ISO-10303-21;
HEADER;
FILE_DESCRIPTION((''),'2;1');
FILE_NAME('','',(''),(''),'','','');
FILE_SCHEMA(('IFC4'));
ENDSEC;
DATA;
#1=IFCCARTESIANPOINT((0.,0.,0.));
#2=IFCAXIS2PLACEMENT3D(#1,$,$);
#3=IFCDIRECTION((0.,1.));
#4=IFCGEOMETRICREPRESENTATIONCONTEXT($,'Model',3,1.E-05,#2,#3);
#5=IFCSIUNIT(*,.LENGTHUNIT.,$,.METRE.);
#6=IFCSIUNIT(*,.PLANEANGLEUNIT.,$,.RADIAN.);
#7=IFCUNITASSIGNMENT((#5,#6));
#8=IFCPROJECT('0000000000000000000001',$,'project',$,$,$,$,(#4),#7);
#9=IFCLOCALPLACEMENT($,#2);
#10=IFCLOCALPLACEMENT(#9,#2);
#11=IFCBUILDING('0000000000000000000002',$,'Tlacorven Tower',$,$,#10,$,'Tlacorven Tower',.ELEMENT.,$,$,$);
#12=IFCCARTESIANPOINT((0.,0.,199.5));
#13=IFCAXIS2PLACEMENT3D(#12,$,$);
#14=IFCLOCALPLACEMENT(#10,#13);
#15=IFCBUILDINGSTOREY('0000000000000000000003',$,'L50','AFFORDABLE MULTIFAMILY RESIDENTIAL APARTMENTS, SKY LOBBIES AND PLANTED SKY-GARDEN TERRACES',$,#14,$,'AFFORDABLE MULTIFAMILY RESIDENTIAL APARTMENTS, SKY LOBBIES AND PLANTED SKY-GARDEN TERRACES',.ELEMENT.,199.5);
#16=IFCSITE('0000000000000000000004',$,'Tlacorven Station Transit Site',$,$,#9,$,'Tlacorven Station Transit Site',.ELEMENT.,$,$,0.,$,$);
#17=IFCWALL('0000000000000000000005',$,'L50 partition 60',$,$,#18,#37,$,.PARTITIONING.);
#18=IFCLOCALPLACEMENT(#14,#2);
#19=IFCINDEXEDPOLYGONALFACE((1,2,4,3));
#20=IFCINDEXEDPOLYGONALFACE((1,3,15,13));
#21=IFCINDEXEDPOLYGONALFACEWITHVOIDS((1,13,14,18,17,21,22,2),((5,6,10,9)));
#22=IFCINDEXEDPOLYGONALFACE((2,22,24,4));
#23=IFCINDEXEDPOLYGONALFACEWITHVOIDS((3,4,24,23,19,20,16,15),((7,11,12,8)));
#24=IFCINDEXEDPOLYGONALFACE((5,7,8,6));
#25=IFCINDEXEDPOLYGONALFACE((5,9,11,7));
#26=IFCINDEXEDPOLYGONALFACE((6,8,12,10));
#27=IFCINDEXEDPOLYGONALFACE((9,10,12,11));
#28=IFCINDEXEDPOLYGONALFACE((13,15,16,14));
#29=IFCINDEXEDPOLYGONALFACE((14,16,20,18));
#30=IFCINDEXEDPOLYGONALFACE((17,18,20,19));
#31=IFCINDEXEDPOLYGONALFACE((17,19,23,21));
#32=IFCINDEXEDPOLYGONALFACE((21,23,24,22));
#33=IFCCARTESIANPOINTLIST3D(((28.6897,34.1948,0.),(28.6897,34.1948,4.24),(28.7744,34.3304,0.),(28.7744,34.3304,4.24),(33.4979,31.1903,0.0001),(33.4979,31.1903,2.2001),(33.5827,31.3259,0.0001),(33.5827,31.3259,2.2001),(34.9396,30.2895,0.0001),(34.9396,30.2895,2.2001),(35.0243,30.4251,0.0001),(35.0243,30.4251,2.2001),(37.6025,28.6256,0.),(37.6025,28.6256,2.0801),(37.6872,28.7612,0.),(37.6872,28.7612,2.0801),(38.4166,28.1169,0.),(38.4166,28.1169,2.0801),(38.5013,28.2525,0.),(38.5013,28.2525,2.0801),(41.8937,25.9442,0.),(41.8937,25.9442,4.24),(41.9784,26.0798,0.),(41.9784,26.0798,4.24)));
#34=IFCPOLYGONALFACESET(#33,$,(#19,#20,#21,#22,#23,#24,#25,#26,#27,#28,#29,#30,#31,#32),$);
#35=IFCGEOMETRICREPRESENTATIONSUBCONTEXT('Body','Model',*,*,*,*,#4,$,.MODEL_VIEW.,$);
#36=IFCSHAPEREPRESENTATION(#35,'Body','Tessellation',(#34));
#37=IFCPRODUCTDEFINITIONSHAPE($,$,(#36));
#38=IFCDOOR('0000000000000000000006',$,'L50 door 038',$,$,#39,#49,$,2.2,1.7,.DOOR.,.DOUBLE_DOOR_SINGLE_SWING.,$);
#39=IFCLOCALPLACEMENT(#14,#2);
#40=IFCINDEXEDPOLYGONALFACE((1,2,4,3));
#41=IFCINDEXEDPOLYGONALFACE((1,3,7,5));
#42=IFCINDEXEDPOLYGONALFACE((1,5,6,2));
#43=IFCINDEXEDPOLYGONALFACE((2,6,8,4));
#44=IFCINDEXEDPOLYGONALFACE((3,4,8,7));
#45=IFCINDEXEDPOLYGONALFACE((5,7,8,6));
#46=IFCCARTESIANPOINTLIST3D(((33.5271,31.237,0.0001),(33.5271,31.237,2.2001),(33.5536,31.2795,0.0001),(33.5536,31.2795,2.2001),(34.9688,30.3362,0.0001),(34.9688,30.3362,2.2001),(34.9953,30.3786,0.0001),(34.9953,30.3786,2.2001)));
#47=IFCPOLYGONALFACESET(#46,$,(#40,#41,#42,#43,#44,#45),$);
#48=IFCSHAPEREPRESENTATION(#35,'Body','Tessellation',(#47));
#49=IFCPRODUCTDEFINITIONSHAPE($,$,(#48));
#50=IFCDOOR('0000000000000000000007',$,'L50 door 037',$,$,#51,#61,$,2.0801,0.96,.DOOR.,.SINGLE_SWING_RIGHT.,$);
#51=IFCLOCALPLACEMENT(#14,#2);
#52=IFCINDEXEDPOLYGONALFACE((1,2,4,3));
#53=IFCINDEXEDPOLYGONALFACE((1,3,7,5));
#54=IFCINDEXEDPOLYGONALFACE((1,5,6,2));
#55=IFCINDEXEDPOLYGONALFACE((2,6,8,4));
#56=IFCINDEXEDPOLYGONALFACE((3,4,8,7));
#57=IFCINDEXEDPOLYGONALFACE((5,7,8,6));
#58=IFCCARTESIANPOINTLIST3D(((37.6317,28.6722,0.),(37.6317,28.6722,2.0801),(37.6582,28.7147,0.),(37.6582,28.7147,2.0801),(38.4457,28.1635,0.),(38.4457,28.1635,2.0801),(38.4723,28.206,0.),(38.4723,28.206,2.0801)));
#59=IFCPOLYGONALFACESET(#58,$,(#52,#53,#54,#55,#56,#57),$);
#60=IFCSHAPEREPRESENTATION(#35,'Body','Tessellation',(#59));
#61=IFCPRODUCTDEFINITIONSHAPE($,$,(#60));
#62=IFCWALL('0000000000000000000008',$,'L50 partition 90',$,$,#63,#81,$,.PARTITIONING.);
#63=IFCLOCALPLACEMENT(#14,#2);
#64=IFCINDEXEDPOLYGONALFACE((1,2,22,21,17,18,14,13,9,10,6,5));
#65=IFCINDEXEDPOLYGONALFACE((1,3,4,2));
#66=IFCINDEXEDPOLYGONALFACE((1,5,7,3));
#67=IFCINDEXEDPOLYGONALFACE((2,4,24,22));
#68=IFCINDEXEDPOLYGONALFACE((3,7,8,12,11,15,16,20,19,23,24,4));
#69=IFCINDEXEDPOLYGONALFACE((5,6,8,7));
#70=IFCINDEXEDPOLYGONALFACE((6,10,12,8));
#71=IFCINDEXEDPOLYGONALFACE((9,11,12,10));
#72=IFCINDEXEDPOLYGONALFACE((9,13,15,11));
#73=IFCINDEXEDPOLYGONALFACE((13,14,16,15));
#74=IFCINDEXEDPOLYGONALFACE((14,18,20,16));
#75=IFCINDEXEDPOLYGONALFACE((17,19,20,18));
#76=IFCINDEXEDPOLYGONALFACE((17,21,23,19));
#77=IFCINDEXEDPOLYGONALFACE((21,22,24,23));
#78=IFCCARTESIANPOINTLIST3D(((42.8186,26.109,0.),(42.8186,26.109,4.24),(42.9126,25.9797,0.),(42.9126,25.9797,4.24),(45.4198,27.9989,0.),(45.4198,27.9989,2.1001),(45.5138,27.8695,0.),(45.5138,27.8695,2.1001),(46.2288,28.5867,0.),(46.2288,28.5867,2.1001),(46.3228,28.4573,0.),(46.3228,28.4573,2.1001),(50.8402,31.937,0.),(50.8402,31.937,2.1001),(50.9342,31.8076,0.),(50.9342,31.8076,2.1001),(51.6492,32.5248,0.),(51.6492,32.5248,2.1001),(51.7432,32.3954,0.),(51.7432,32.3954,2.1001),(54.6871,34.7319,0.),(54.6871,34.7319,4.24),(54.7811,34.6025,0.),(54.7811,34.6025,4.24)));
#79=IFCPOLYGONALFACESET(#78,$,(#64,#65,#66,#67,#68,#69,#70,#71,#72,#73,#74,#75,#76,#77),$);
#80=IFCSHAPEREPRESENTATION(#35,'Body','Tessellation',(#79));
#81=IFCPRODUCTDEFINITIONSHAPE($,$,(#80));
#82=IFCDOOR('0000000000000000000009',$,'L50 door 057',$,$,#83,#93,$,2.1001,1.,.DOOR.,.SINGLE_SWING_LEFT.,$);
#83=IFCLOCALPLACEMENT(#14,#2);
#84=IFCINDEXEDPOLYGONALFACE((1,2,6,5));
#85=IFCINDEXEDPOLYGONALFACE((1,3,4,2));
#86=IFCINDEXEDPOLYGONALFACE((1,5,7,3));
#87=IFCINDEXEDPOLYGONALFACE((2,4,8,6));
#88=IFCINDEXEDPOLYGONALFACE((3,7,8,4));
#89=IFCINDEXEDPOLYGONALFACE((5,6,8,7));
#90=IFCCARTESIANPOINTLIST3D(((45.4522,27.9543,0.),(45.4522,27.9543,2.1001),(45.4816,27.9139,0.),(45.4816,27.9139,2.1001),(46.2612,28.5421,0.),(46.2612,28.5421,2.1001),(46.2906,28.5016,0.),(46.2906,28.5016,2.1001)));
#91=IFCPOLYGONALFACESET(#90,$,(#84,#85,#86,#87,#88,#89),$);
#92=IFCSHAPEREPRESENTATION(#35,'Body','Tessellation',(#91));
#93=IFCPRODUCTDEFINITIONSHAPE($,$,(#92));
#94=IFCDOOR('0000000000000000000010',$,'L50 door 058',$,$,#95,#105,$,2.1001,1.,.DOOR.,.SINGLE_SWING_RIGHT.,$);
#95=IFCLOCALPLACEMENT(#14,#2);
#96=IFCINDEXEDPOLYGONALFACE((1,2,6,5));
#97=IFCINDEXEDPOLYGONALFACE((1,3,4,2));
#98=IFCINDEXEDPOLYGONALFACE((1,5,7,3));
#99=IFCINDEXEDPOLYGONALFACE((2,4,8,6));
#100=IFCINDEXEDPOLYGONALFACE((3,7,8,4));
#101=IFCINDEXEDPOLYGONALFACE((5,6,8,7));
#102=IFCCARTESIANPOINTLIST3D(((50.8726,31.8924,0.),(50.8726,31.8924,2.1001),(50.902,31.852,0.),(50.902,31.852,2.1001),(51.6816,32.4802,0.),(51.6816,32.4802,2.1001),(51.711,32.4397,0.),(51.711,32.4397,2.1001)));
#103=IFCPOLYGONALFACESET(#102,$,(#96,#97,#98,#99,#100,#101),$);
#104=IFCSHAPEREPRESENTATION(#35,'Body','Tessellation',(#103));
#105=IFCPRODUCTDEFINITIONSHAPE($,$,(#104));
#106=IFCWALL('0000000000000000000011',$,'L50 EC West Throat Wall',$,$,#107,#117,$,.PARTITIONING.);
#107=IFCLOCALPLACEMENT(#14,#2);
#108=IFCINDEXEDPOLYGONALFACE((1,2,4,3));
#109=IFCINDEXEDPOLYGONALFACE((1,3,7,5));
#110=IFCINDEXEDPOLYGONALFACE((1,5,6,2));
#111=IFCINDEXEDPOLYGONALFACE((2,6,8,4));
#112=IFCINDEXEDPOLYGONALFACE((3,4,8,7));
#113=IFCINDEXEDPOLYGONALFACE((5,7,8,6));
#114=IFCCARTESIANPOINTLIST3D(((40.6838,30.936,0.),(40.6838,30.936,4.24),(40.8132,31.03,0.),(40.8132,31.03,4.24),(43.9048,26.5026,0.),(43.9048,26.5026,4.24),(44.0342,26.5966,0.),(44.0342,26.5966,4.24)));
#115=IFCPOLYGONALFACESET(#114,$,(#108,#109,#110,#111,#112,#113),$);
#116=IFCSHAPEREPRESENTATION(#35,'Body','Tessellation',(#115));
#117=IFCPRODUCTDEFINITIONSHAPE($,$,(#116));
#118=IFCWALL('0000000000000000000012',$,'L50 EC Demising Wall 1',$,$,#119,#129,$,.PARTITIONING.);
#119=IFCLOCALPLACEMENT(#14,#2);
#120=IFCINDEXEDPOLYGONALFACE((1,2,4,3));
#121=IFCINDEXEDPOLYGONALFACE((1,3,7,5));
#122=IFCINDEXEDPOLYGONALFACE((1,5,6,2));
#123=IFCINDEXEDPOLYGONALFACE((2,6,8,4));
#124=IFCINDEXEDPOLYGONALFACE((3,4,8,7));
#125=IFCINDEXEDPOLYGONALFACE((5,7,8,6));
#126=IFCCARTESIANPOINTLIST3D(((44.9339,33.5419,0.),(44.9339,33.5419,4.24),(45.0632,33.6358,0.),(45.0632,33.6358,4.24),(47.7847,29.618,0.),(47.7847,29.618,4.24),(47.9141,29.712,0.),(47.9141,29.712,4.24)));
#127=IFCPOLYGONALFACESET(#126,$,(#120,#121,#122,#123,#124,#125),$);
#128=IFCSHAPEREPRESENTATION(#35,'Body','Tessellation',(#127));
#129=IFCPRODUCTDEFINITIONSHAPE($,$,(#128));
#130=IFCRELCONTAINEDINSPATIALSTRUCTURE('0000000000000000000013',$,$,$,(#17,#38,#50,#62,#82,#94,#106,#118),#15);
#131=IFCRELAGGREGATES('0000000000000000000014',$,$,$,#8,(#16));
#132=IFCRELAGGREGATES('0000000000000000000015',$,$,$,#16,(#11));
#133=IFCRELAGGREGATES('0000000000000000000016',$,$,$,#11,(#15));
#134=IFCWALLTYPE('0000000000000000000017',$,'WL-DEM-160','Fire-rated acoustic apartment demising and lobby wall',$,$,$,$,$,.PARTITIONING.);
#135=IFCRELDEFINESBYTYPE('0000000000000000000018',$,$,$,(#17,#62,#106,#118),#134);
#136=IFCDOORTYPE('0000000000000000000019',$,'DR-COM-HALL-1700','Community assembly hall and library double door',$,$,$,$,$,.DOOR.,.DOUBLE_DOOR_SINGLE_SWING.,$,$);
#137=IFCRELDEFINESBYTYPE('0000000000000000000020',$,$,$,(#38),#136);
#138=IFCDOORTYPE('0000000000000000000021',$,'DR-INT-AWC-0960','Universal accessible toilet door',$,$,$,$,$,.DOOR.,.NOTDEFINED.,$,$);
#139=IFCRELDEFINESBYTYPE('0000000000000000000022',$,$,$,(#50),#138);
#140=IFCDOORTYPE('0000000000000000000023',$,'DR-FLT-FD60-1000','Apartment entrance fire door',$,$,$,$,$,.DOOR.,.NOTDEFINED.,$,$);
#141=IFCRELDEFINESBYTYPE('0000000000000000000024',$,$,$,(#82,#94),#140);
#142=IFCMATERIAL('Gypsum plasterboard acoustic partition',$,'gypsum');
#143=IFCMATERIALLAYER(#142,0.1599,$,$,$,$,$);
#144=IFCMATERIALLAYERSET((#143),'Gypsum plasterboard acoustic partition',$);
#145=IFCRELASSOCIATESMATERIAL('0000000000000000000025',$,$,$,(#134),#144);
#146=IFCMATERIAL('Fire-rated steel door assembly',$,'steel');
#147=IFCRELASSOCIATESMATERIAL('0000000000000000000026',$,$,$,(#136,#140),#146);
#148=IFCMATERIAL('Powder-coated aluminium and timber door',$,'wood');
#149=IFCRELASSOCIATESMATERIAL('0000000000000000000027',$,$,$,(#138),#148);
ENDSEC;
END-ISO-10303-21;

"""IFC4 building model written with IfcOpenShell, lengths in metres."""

from ifc_helpers import new_model, si_unit, direction, frame, frame_2d, origin, place, context, subcontext, project, spatial, rectangle, extrude, source, transform, mapped, material, layer, layer_set, type_object, element, fill, save


model = new_model("IFC4")

# Units and contexts
model_context = context("Model", 3, precision=1e-05, world=origin(), true_north=direction((0.0, 1.0)))
body_context = subcontext(model_context, "Body", "Model", "MODEL_VIEW")
ifc_project = project(units=[si_unit("LENGTHUNIT", "METRE"), si_unit("PLANEANGLEUNIT", "RADIAN")], contexts=[model_context])

# Site, building, storey
site_placement = place(None, origin())
site = spatial("IfcSite", under=ifc_project, at=site_placement, Name="Tlacorven Station Transit Site", LongName="Tlacorven Station Transit Site", CompositionType="ELEMENT", RefElevation=0.0)
building_placement = place(site_placement, origin())
building = spatial("IfcBuilding", under=site, at=building_placement, Name="Tlacorven Tower", LongName="Tlacorven Tower", CompositionType="ELEMENT")
storey_placement = place(building_placement, frame((0.0, 0.0, 199.5)))
storey = spatial("IfcBuildingStorey", under=building, at=storey_placement, Name="L50", Description="AFFORDABLE MULTIFAMILY RESIDENTIAL APARTMENTS, SKY LOBBIES AND PLANTED SKY-GARDEN TERRACES", LongName="AFFORDABLE MULTIFAMILY RESIDENTIAL APARTMENTS, SKY LOBBIES AND PLANTED SKY-GARDEN TERRACES", CompositionType="ELEMENT", Elevation=199.5)

# Walls, openings, doors
ifc_material_1 = material(Name="Gypsum plasterboard acoustic partition", Category="gypsum")
ifc_layer_1 = layer(ifc_material_1, 0.1599)
ifc_layer_set_1 = layer_set([ifc_layer_1], Name="Gypsum plasterboard acoustic partition")
wall_type_1 = type_object("IfcWallType", Name="WL-DEM-160", Description="Fire-rated acoustic apartment demising and lobby wall", PredefinedType="PARTITIONING", material=ifc_layer_set_1)
wall_1_placement = place(storey_placement, frame((41.936, 26.012, 0.0), z_axis=(0.0, 0.0, 1.0), x_axis=(-0.848051, 0.529914, 0.0)))
wall_1 = element("IfcWall", 1, at=wall_1_placement, inside=storey, type_object=wall_type_1, Name="L50 partition 60", PredefinedType="PARTITIONING", context=body_context, shape_type="SweptSolid", body=[
    extrude(rectangle(XDim=15.5698, YDim=0.1599, at=frame_2d((7.7849, 0.0))), origin(), (0.0, 0.0, 1.0), 4.24),
])
opening_1_placement = place(wall_1_placement, frame((4.1001, 0.0, 0.0)))
opening_1 = element("IfcOpeningElement", 2, at=opening_1_placement, cuts=wall_1, PredefinedType="OPENING", context=body_context, shape_type="SweptSolid", body=[
    extrude(rectangle(XDim=0.96, YDim=2.0801, at=frame_2d((0.48, 1.04))), frame((0.0, 0.0898, 0.0), z_axis=(0.0, -1.0, 0.0), x_axis=(1.0, 0.0, 0.0)), (0.0, 0.0, 1.0), 0.1799),
])
opening_2_placement = place(wall_1_placement, frame((8.2, 0.0, 0.0)))
opening_2 = element("IfcOpeningElement", 3, at=opening_2_placement, cuts=wall_1, PredefinedType="OPENING", context=body_context, shape_type="SweptSolid", body=[
    extrude(rectangle(XDim=1.7, YDim=2.2, at=frame_2d((0.8501, 1.1001))), frame((0.0, 0.0898, 0.0), z_axis=(0.0, -1.0, 0.0), x_axis=(1.0, 0.0, 0.0)), (0.0, 0.0, 1.0), 0.1799),
])
ifc_material_2 = material(Name="Fire-rated steel door assembly", Category="steel")
door_type_1 = type_object("IfcDoorType", Name="DR-COM-HALL-1700", Description="Community assembly hall and library double door", OperationType="DOUBLE_DOOR_SINGLE_SWING", PredefinedType="DOOR", material=ifc_material_2)
shared_shape_1 = source(origin(), body_context, "Body", "SweptSolid", [
    extrude(rectangle(XDim=1.7, YDim=2.2, at=frame_2d((0.8501, 1.1001))), frame((0.0, 0.0249, 0.0), z_axis=(0.0, -1.0, 0.0), x_axis=(1.0, 0.0, 0.0)), (0.0, 0.0, 1.0), 0.05),
])
door_1_placement = place(opening_2_placement, origin())
door_1 = element("IfcDoor", 4, at=door_1_placement, inside=storey, type_object=door_type_1, Name="L50 door 038", OperationType="DOUBLE_DOOR_SINGLE_SWING", OverallHeight=2.2, OverallWidth=1.7, PredefinedType="DOOR", context=body_context, shape_type="MappedRepresentation", body=[
    mapped(shared_shape_1, transform((0.0, 0.0, 0.0), scale=1.0)),
])
fill(opening_2, door_1)
ifc_material_3 = material(Name="Powder-coated aluminium and timber door", Category="wood")
door_type_2 = type_object("IfcDoorType", Name="DR-INT-AWC-0960", Description="Universal accessible toilet door", OperationType="NOTDEFINED", PredefinedType="DOOR", material=ifc_material_3)
shared_shape_2 = source(origin(), body_context, "Body", "SweptSolid", [
    extrude(rectangle(XDim=0.96, YDim=2.0801, at=frame_2d((0.48, 1.04))), frame((0.0, 0.0249, 0.0), z_axis=(0.0, -1.0, 0.0), x_axis=(1.0, 0.0, 0.0)), (0.0, 0.0, 1.0), 0.05),
])
door_2_placement = place(opening_1_placement, origin())
door_2 = element("IfcDoor", 5, at=door_2_placement, inside=storey, type_object=door_type_2, Name="L50 door 037", OperationType="SINGLE_SWING_RIGHT", OverallHeight=2.0801, OverallWidth=0.96, PredefinedType="DOOR", context=body_context, shape_type="MappedRepresentation", body=[
    mapped(shared_shape_2, transform((0.0, 0.0, 0.0), scale=1.0)),
])
fill(opening_1, door_2)
wall_2_placement = place(storey_placement, frame((42.8657, 26.0444, 0.0), z_axis=(0.0, 0.0, 1.0), x_axis=(0.80902, 0.587781, 0.0)))
wall_2 = element("IfcWall", 6, at=wall_2_placement, inside=storey, type_object=wall_type_1, Name="L50 partition 90", PredefinedType="PARTITIONING", context=body_context, shape_type="SweptSolid", body=[
    extrude(rectangle(XDim=14.6702, YDim=0.1599, at=frame_2d((7.335, 0.0))), origin(), (0.0, 0.0, 1.0), 4.24),
])
opening_3_placement = place(wall_2_placement, frame((3.2151, 0.0, 0.0)))
opening_3 = element("IfcOpeningElement", 7, at=opening_3_placement, cuts=wall_2, PredefinedType="OPENING", context=body_context, shape_type="SweptSolid", body=[
    extrude(rectangle(XDim=1.0, YDim=2.1001, at=frame_2d((0.5, 1.05))), frame((0.0, 0.0898, 0.0), z_axis=(0.0, -1.0, 0.0), x_axis=(1.0, 0.0, 0.0)), (0.0, 0.0, 1.0), 0.1799),
])
opening_4_placement = place(wall_2_placement, frame((9.915, 0.0, 0.0)))
opening_4 = element("IfcOpeningElement", 8, at=opening_4_placement, cuts=wall_2, PredefinedType="OPENING", context=body_context, shape_type="SweptSolid", body=[
    extrude(rectangle(XDim=1.0, YDim=2.1001, at=frame_2d((0.5, 1.05))), frame((0.0, 0.0898, 0.0), z_axis=(0.0, -1.0, 0.0), x_axis=(1.0, 0.0, 0.0)), (0.0, 0.0, 1.0), 0.1799),
])
door_type_3 = type_object("IfcDoorType", Name="DR-FLT-FD60-1000", Description="Apartment entrance fire door", OperationType="NOTDEFINED", PredefinedType="DOOR", material=ifc_material_2)
shared_shape_3 = source(origin(), body_context, "Body", "SweptSolid", [
    extrude(rectangle(XDim=1.0, YDim=2.1001, at=frame_2d((0.5, 1.05))), frame((0.0, 0.0249, 0.0), z_axis=(0.0, -1.0, 0.0), x_axis=(1.0, 0.0, 0.0)), (0.0, 0.0, 1.0), 0.05),
])
door_3_placement = place(opening_3_placement, origin())
door_3 = element("IfcDoor", 9, at=door_3_placement, inside=storey, type_object=door_type_3, Name="L50 door 057", OperationType="SINGLE_SWING_LEFT", OverallHeight=2.1001, OverallWidth=1.0, PredefinedType="DOOR", context=body_context, shape_type="MappedRepresentation", body=[
    mapped(shared_shape_3, transform((0.0, 0.0, 0.0), scale=1.0)),
])
fill(opening_3, door_3)
door_4_placement = place(opening_4_placement, origin())
door_4 = element("IfcDoor", 10, at=door_4_placement, inside=storey, type_object=door_type_3, Name="L50 door 058", OperationType="SINGLE_SWING_RIGHT", OverallHeight=2.1001, OverallWidth=1.0, PredefinedType="DOOR", context=body_context, shape_type="MappedRepresentation", body=[
    mapped(shared_shape_3, transform((0.0, 0.0, 0.0), scale=1.0)),
])
fill(opening_4, door_4)

# Walls
wall_3_placement = place(storey_placement, frame((43.9695, 26.5496, 0.0), z_axis=(0.0, 0.0, 1.0), x_axis=(-0.587777, 0.809023, 0.0)))
element("IfcWall", 11, at=wall_3_placement, inside=storey, type_object=wall_type_1, Name="L50 EC West Throat Wall", PredefinedType="PARTITIONING", context=body_context, shape_type="SweptSolid", body=[
    extrude(rectangle(XDim=5.48, YDim=0.1599, at=frame_2d((2.74, 0.0))), origin(), (0.0, 0.0, 1.0), 4.24),
])
wall_4_placement = place(storey_placement, frame((47.8494, 29.665, 0.0), z_axis=(0.0, 0.0, 1.0), x_axis=(-0.587786, 0.809017, 0.0)))
element("IfcWall", 12, at=wall_4_placement, inside=storey, type_object=wall_type_1, Name="L50 EC Demising Wall 1", PredefinedType="PARTITIONING", context=body_context, shape_type="SweptSolid", body=[
    extrude(rectangle(XDim=4.8501, YDim=0.1599, at=frame_2d((2.425, 0.0))), origin(), (0.0, 0.0, 1.0), 4.24),
])

save(model, "model.ifc")
